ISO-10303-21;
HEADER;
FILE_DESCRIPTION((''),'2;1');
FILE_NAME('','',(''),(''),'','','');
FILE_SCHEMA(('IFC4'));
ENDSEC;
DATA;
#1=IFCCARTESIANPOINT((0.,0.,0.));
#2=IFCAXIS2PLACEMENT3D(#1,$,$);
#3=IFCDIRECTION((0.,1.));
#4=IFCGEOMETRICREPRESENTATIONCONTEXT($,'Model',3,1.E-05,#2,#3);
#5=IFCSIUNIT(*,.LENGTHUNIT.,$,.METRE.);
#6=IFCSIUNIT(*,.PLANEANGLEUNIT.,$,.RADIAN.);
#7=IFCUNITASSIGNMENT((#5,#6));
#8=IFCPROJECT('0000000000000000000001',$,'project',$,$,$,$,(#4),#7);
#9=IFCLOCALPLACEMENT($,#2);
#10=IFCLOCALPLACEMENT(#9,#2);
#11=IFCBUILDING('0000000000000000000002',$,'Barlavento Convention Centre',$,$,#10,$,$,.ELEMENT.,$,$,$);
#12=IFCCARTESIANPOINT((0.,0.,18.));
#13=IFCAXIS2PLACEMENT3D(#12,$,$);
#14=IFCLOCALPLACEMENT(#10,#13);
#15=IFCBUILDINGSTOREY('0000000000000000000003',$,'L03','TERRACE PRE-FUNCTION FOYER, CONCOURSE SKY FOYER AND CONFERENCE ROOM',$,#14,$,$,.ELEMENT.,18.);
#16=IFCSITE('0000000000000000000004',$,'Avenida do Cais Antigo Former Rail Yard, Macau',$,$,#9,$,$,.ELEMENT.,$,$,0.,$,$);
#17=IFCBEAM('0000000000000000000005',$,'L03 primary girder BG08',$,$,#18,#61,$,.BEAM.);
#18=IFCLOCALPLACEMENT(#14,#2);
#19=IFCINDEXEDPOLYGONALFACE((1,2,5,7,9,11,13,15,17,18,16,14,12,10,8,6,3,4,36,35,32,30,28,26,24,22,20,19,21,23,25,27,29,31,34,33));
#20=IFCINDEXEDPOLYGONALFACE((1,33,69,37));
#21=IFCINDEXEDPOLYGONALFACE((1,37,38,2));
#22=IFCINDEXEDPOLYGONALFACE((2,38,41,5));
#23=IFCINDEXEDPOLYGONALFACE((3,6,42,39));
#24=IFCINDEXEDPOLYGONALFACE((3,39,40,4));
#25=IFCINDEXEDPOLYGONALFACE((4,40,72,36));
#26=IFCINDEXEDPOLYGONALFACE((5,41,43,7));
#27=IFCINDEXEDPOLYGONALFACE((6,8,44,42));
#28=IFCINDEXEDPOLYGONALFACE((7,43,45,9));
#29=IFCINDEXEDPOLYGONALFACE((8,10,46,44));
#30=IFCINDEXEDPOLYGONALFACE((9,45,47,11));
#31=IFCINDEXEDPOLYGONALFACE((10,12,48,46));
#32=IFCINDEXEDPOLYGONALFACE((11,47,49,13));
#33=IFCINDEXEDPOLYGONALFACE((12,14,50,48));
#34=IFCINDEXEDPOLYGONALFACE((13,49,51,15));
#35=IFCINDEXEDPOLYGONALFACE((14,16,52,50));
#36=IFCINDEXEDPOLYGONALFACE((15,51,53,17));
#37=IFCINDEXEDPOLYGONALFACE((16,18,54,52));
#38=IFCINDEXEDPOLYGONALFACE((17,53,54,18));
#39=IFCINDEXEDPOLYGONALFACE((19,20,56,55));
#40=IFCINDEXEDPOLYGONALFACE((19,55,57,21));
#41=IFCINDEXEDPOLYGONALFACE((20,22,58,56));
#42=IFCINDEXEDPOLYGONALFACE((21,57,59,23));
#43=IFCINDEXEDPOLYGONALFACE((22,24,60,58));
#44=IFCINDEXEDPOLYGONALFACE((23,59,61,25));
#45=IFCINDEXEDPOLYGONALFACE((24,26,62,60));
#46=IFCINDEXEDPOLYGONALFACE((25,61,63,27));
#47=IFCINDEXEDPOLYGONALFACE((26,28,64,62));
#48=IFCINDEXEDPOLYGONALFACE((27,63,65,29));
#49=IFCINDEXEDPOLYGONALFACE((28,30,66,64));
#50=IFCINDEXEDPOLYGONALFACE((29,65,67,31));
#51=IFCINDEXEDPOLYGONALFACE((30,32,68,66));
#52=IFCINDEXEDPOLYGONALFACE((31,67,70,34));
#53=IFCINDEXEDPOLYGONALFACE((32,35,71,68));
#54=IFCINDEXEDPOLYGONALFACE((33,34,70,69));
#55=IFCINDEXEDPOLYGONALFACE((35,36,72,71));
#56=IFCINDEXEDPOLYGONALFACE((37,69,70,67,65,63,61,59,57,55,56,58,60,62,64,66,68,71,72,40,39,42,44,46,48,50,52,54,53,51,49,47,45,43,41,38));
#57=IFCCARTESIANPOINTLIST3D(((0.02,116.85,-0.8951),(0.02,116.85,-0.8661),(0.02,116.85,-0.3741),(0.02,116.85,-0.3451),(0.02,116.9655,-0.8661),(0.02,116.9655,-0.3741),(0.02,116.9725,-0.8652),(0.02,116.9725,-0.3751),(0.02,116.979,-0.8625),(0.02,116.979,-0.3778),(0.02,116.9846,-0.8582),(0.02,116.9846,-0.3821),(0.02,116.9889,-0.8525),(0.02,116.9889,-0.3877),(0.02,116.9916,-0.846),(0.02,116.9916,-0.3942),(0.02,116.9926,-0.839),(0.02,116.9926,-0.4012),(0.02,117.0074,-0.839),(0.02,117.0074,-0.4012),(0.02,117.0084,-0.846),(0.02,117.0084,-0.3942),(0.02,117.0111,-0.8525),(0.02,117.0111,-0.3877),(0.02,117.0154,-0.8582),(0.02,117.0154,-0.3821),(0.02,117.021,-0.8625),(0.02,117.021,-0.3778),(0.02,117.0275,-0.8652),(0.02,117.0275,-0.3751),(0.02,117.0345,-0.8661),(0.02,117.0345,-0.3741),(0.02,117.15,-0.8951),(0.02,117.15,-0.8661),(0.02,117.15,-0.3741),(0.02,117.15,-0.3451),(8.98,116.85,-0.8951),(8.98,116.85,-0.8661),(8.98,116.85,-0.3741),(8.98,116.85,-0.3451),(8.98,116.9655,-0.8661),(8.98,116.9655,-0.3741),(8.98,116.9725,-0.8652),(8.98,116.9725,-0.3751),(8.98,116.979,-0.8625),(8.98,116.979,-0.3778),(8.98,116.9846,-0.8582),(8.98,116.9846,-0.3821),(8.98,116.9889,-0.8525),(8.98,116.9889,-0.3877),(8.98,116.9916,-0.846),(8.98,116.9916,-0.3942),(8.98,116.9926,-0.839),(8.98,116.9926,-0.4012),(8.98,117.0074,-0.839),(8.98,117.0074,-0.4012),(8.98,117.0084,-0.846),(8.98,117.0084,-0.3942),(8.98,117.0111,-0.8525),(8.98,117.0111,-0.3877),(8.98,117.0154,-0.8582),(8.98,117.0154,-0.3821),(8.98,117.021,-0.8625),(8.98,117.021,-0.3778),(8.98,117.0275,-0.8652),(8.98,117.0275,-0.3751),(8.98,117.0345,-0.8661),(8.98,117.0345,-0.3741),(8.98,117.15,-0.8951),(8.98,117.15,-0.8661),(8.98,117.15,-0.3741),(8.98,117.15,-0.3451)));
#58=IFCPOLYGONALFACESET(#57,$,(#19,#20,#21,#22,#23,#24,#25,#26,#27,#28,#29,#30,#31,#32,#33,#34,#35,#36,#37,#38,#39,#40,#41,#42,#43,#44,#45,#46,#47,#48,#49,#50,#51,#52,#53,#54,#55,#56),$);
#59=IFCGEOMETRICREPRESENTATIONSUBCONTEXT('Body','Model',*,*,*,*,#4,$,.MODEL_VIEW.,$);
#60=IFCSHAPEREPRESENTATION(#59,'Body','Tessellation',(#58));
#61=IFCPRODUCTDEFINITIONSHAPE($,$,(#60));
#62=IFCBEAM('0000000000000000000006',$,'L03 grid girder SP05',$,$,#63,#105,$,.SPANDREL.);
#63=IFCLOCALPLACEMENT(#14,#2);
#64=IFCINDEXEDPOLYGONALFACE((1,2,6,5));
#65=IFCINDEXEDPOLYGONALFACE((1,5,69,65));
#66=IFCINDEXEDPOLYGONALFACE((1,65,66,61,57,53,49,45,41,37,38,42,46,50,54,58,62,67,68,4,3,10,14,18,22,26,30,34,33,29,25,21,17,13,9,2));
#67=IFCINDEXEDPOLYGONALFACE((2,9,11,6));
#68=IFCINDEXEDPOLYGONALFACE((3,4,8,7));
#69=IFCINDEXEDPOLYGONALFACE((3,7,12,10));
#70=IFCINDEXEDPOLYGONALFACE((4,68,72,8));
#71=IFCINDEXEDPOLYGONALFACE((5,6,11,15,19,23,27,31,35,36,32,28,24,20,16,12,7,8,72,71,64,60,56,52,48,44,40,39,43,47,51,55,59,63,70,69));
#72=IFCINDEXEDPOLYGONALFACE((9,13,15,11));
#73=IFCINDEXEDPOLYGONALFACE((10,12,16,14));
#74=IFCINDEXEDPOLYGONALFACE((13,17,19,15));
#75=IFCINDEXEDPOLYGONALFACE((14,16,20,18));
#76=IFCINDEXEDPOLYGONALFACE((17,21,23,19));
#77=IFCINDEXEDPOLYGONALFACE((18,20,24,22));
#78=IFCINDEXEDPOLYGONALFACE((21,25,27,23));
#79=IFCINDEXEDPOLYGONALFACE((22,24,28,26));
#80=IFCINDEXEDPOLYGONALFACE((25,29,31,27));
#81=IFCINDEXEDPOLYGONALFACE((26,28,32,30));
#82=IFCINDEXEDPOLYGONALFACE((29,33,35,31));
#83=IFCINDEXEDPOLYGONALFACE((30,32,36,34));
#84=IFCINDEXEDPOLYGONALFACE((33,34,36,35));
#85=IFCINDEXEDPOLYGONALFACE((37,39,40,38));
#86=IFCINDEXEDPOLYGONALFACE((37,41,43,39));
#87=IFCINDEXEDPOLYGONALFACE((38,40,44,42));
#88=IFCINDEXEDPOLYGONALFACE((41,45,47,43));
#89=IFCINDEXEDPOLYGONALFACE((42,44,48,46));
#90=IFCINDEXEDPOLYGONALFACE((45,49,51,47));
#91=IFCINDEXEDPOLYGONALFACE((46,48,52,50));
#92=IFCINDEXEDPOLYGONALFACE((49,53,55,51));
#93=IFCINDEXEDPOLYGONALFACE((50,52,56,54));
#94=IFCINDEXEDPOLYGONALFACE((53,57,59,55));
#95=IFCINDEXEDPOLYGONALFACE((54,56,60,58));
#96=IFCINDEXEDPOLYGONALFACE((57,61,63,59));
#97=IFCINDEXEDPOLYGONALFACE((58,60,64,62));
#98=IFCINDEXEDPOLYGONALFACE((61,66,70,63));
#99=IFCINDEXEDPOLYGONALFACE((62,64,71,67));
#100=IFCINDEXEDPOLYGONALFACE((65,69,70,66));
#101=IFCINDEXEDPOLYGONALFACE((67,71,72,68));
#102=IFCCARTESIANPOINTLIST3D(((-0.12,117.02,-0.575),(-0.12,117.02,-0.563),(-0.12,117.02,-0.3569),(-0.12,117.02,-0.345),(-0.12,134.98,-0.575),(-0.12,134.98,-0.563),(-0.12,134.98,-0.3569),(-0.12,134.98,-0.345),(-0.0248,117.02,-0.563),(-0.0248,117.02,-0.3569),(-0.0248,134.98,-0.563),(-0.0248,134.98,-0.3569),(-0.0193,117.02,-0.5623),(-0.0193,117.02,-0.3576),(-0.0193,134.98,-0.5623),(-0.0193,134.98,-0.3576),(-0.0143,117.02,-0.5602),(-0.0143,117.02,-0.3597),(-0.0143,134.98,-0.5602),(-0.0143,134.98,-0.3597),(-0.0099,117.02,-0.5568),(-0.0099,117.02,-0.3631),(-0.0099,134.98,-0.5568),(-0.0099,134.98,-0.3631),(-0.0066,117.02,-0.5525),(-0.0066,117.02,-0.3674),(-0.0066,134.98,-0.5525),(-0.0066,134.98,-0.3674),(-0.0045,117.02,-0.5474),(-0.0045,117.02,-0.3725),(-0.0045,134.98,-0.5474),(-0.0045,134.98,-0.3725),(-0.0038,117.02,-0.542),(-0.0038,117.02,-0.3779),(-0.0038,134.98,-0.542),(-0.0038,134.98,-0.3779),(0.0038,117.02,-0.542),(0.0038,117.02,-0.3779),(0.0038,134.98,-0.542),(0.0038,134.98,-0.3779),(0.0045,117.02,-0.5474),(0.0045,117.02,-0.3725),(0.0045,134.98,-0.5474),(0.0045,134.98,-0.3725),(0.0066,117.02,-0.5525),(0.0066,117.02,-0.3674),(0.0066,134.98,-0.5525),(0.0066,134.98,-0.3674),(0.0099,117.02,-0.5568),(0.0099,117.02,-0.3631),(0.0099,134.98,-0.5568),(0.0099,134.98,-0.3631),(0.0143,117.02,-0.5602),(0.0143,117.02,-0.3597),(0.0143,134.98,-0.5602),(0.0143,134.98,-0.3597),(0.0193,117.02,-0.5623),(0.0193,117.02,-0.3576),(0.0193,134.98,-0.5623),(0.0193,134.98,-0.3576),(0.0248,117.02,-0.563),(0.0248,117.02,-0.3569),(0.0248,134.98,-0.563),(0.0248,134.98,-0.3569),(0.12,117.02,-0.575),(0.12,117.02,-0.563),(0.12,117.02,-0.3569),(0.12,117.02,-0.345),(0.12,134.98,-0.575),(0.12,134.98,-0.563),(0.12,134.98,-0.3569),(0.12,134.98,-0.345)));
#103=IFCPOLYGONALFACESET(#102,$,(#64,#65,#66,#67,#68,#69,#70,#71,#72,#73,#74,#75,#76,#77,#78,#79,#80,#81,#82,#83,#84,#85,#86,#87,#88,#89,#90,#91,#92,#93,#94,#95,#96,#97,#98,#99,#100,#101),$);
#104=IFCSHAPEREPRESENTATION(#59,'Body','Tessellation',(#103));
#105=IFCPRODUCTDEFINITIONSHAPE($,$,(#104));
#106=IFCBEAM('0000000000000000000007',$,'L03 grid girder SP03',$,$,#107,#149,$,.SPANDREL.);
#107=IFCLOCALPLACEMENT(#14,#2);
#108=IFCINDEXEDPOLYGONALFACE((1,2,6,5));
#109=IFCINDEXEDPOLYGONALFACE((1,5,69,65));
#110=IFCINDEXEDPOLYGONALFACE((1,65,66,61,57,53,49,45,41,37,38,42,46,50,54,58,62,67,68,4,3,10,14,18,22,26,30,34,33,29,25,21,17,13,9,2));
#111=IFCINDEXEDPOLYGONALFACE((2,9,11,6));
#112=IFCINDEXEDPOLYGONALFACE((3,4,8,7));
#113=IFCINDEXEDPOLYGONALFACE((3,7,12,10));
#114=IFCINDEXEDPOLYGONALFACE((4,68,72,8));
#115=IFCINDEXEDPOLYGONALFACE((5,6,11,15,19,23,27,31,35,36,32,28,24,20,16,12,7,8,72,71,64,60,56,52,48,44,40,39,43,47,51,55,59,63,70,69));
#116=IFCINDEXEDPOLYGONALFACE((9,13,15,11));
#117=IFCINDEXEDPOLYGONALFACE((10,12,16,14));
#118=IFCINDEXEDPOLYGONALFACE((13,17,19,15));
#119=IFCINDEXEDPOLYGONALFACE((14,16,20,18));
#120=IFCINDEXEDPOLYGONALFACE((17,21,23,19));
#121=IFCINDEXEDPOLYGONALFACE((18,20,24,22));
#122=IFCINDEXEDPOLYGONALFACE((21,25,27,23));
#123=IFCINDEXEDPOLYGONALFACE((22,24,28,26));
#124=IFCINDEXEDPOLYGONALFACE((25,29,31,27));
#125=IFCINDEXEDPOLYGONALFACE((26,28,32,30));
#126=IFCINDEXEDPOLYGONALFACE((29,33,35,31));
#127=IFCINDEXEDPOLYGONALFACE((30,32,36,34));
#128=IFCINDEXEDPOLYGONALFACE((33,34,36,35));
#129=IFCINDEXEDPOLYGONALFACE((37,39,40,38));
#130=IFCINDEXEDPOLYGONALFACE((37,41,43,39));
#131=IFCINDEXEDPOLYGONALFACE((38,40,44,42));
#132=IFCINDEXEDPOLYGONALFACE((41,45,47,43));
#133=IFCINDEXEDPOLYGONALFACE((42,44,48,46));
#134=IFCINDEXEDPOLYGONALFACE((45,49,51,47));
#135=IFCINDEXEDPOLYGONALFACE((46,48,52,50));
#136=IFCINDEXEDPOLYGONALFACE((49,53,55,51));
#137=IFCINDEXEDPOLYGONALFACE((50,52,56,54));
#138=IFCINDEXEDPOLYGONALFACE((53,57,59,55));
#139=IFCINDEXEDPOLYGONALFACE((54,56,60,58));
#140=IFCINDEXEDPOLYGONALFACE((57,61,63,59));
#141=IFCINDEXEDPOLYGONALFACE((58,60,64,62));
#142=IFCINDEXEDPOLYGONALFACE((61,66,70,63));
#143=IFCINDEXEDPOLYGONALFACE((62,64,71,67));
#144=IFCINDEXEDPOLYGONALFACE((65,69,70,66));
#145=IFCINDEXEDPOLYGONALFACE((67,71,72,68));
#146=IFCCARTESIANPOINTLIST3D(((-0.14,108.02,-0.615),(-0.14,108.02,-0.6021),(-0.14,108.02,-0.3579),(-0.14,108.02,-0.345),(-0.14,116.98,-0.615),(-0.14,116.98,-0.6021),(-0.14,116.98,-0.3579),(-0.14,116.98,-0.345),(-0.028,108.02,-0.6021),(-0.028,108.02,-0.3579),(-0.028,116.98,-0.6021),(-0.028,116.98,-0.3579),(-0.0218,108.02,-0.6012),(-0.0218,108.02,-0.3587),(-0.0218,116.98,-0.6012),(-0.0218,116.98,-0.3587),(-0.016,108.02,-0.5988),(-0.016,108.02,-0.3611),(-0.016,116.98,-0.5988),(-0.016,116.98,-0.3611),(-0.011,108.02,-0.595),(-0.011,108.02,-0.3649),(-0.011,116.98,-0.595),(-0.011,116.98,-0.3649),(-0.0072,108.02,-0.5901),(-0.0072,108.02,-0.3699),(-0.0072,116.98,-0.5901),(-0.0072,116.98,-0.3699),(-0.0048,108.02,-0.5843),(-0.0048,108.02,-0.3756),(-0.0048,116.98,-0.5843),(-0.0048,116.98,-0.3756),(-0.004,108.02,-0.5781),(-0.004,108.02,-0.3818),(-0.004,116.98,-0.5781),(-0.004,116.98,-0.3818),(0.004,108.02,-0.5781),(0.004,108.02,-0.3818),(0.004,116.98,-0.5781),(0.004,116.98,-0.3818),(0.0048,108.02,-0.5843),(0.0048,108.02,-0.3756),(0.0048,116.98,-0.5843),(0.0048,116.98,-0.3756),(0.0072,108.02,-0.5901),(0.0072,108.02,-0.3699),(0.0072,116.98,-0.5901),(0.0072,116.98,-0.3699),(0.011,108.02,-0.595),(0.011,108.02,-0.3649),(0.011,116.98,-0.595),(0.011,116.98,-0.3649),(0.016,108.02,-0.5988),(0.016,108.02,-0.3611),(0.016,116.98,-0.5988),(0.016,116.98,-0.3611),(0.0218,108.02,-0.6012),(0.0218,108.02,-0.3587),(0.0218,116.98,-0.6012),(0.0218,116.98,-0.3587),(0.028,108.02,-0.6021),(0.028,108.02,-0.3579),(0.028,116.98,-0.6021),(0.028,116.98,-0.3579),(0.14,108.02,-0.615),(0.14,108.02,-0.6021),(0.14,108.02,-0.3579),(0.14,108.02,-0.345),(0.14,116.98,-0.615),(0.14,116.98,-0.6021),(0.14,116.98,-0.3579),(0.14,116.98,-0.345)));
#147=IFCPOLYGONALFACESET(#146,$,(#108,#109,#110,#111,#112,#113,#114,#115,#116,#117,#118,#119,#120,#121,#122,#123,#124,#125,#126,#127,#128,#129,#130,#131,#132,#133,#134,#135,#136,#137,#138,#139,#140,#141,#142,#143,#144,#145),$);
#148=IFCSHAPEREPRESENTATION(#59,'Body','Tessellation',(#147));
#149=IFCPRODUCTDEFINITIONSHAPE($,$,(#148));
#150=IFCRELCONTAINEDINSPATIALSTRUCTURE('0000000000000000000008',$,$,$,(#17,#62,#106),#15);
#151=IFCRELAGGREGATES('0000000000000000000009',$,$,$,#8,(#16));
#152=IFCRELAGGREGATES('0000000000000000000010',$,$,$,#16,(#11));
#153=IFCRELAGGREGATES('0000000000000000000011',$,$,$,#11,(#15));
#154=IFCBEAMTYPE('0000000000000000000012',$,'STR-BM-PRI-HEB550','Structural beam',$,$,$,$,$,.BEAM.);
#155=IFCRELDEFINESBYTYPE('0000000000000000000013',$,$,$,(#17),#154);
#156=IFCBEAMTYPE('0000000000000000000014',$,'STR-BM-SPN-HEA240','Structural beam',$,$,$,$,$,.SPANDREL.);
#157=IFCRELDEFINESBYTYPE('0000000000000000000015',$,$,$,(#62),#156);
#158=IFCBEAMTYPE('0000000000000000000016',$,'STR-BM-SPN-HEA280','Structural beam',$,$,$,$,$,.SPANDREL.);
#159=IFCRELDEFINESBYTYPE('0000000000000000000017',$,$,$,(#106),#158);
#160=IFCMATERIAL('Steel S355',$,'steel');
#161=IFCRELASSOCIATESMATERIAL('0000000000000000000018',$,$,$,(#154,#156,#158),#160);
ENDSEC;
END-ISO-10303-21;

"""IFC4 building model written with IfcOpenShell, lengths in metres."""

from ifc_helpers import new_model, si_unit, direction, frame, origin, origin_2d, place, context, subcontext, project, spatial, i_section, extrude, material, material_profile, profile_set, type_object, element, save


model = new_model("IFC4")

# Units and contexts
model_context = context("Model", 3, precision=1e-05, world=origin(), true_north=direction((0.0, 1.0)))
body_context = subcontext(model_context, "Body", "Model", "MODEL_VIEW")
ifc_project = project(units=[si_unit("LENGTHUNIT", "METRE"), si_unit("PLANEANGLEUNIT", "RADIAN")], contexts=[model_context])

# Site, building, storey
site_placement = place(None, origin())
site = spatial("IfcSite", under=ifc_project, at=site_placement, Name="Avenida do Cais Antigo Former Rail Yard, Macau", CompositionType="ELEMENT", RefElevation=0.0)
building_placement = place(site_placement, origin())
building = spatial("IfcBuilding", under=site, at=building_placement, Name="Barlavento Convention Centre", CompositionType="ELEMENT")
storey_placement = place(building_placement, frame((0.0, 0.0, 18.0)))
storey = spatial("IfcBuildingStorey", under=building, at=storey_placement, Name="L03", Description="TERRACE PRE-FUNCTION FOYER, CONCOURSE SKY FOYER AND CONFERENCE ROOM", CompositionType="ELEMENT", Elevation=18.0)

# Beams
ifc_material_1 = material(Name="Steel S355", Category="steel")
ifc_material_profile_1 = material_profile(ifc_material_1, i_section(OverallWidth=0.3, OverallDepth=0.55, WebThickness=0.0149, FlangeThickness=0.0291, FilletRadius=0.0271, at=origin_2d()), Name="HEB 550")
ifc_profile_set_1 = profile_set([ifc_material_profile_1], Name="Steel S355")
beam_type_1 = type_object("IfcBeamType", Name="STR-BM-PRI-HEB550", Description="Structural beam", PredefinedType="BEAM", material=ifc_profile_set_1)
beam_1_placement = place(storey_placement, frame((0.02, 117.0, -0.6201), z_axis=(1.0, 0.0, 0.0), x_axis=(0.0, 1.0, 0.0)))
element("IfcBeam", 1, at=beam_1_placement, inside=storey, type_object=beam_type_1, Name="L03 primary girder BG08", PredefinedType="BEAM", context=body_context, shape_type="SweptSolid", body=[
    extrude(i_section(OverallWidth=0.3, OverallDepth=0.55, WebThickness=0.0149, FlangeThickness=0.0291, FilletRadius=0.0271, at=origin_2d()), origin(), (0.0, 0.0, 1.0), 8.96),
])
ifc_material_profile_2 = material_profile(ifc_material_1, i_section(OverallWidth=0.24, OverallDepth=0.23, WebThickness=0.0076, FlangeThickness=0.012, FilletRadius=0.021, at=origin_2d()), Name="HEA 240")
ifc_profile_set_2 = profile_set([ifc_material_profile_2], Name="Steel S355")
beam_type_2 = type_object("IfcBeamType", Name="STR-BM-SPN-HEA240", Description="Structural beam", PredefinedType="SPANDREL", material=ifc_profile_set_2)
beam_2_placement = place(storey_placement, frame((0.0, 117.02, -0.46), z_axis=(0.0, 1.0, 0.0), x_axis=(-1.0, 0.0, 0.0)))
element("IfcBeam", 2, at=beam_2_placement, inside=storey, type_object=beam_type_2, Name="L03 grid girder SP05", PredefinedType="SPANDREL", context=body_context, shape_type="SweptSolid", body=[
    extrude(i_section(OverallWidth=0.24, OverallDepth=0.23, WebThickness=0.0076, FlangeThickness=0.012, FilletRadius=0.021, at=origin_2d()), origin(), (0.0, 0.0, 1.0), 17.96),
])
ifc_material_profile_3 = material_profile(ifc_material_1, i_section(OverallWidth=0.28, OverallDepth=0.27, WebThickness=0.0081, FlangeThickness=0.0129, FilletRadius=0.0239, at=origin_2d()), Name="HEA 280")
ifc_profile_set_3 = profile_set([ifc_material_profile_3], Name="Steel S355")
beam_type_3 = type_object("IfcBeamType", Name="STR-BM-SPN-HEA280", Description="Structural beam", PredefinedType="SPANDREL", material=ifc_profile_set_3)
beam_3_placement = place(storey_placement, frame((0.0, 108.02, -0.48), z_axis=(0.0, 1.0, 0.0), x_axis=(-1.0, 0.0, 0.0)))
element("IfcBeam", 3, at=beam_3_placement, inside=storey, type_object=beam_type_3, Name="L03 grid girder SP03", PredefinedType="SPANDREL", context=body_context, shape_type="SweptSolid", body=[
    extrude(i_section(OverallWidth=0.28, OverallDepth=0.27, WebThickness=0.0081, FlangeThickness=0.0129, FilletRadius=0.0239, at=origin_2d()), origin(), (0.0, 0.0, 1.0), 8.96),
])

save(model, "model.ifc")
